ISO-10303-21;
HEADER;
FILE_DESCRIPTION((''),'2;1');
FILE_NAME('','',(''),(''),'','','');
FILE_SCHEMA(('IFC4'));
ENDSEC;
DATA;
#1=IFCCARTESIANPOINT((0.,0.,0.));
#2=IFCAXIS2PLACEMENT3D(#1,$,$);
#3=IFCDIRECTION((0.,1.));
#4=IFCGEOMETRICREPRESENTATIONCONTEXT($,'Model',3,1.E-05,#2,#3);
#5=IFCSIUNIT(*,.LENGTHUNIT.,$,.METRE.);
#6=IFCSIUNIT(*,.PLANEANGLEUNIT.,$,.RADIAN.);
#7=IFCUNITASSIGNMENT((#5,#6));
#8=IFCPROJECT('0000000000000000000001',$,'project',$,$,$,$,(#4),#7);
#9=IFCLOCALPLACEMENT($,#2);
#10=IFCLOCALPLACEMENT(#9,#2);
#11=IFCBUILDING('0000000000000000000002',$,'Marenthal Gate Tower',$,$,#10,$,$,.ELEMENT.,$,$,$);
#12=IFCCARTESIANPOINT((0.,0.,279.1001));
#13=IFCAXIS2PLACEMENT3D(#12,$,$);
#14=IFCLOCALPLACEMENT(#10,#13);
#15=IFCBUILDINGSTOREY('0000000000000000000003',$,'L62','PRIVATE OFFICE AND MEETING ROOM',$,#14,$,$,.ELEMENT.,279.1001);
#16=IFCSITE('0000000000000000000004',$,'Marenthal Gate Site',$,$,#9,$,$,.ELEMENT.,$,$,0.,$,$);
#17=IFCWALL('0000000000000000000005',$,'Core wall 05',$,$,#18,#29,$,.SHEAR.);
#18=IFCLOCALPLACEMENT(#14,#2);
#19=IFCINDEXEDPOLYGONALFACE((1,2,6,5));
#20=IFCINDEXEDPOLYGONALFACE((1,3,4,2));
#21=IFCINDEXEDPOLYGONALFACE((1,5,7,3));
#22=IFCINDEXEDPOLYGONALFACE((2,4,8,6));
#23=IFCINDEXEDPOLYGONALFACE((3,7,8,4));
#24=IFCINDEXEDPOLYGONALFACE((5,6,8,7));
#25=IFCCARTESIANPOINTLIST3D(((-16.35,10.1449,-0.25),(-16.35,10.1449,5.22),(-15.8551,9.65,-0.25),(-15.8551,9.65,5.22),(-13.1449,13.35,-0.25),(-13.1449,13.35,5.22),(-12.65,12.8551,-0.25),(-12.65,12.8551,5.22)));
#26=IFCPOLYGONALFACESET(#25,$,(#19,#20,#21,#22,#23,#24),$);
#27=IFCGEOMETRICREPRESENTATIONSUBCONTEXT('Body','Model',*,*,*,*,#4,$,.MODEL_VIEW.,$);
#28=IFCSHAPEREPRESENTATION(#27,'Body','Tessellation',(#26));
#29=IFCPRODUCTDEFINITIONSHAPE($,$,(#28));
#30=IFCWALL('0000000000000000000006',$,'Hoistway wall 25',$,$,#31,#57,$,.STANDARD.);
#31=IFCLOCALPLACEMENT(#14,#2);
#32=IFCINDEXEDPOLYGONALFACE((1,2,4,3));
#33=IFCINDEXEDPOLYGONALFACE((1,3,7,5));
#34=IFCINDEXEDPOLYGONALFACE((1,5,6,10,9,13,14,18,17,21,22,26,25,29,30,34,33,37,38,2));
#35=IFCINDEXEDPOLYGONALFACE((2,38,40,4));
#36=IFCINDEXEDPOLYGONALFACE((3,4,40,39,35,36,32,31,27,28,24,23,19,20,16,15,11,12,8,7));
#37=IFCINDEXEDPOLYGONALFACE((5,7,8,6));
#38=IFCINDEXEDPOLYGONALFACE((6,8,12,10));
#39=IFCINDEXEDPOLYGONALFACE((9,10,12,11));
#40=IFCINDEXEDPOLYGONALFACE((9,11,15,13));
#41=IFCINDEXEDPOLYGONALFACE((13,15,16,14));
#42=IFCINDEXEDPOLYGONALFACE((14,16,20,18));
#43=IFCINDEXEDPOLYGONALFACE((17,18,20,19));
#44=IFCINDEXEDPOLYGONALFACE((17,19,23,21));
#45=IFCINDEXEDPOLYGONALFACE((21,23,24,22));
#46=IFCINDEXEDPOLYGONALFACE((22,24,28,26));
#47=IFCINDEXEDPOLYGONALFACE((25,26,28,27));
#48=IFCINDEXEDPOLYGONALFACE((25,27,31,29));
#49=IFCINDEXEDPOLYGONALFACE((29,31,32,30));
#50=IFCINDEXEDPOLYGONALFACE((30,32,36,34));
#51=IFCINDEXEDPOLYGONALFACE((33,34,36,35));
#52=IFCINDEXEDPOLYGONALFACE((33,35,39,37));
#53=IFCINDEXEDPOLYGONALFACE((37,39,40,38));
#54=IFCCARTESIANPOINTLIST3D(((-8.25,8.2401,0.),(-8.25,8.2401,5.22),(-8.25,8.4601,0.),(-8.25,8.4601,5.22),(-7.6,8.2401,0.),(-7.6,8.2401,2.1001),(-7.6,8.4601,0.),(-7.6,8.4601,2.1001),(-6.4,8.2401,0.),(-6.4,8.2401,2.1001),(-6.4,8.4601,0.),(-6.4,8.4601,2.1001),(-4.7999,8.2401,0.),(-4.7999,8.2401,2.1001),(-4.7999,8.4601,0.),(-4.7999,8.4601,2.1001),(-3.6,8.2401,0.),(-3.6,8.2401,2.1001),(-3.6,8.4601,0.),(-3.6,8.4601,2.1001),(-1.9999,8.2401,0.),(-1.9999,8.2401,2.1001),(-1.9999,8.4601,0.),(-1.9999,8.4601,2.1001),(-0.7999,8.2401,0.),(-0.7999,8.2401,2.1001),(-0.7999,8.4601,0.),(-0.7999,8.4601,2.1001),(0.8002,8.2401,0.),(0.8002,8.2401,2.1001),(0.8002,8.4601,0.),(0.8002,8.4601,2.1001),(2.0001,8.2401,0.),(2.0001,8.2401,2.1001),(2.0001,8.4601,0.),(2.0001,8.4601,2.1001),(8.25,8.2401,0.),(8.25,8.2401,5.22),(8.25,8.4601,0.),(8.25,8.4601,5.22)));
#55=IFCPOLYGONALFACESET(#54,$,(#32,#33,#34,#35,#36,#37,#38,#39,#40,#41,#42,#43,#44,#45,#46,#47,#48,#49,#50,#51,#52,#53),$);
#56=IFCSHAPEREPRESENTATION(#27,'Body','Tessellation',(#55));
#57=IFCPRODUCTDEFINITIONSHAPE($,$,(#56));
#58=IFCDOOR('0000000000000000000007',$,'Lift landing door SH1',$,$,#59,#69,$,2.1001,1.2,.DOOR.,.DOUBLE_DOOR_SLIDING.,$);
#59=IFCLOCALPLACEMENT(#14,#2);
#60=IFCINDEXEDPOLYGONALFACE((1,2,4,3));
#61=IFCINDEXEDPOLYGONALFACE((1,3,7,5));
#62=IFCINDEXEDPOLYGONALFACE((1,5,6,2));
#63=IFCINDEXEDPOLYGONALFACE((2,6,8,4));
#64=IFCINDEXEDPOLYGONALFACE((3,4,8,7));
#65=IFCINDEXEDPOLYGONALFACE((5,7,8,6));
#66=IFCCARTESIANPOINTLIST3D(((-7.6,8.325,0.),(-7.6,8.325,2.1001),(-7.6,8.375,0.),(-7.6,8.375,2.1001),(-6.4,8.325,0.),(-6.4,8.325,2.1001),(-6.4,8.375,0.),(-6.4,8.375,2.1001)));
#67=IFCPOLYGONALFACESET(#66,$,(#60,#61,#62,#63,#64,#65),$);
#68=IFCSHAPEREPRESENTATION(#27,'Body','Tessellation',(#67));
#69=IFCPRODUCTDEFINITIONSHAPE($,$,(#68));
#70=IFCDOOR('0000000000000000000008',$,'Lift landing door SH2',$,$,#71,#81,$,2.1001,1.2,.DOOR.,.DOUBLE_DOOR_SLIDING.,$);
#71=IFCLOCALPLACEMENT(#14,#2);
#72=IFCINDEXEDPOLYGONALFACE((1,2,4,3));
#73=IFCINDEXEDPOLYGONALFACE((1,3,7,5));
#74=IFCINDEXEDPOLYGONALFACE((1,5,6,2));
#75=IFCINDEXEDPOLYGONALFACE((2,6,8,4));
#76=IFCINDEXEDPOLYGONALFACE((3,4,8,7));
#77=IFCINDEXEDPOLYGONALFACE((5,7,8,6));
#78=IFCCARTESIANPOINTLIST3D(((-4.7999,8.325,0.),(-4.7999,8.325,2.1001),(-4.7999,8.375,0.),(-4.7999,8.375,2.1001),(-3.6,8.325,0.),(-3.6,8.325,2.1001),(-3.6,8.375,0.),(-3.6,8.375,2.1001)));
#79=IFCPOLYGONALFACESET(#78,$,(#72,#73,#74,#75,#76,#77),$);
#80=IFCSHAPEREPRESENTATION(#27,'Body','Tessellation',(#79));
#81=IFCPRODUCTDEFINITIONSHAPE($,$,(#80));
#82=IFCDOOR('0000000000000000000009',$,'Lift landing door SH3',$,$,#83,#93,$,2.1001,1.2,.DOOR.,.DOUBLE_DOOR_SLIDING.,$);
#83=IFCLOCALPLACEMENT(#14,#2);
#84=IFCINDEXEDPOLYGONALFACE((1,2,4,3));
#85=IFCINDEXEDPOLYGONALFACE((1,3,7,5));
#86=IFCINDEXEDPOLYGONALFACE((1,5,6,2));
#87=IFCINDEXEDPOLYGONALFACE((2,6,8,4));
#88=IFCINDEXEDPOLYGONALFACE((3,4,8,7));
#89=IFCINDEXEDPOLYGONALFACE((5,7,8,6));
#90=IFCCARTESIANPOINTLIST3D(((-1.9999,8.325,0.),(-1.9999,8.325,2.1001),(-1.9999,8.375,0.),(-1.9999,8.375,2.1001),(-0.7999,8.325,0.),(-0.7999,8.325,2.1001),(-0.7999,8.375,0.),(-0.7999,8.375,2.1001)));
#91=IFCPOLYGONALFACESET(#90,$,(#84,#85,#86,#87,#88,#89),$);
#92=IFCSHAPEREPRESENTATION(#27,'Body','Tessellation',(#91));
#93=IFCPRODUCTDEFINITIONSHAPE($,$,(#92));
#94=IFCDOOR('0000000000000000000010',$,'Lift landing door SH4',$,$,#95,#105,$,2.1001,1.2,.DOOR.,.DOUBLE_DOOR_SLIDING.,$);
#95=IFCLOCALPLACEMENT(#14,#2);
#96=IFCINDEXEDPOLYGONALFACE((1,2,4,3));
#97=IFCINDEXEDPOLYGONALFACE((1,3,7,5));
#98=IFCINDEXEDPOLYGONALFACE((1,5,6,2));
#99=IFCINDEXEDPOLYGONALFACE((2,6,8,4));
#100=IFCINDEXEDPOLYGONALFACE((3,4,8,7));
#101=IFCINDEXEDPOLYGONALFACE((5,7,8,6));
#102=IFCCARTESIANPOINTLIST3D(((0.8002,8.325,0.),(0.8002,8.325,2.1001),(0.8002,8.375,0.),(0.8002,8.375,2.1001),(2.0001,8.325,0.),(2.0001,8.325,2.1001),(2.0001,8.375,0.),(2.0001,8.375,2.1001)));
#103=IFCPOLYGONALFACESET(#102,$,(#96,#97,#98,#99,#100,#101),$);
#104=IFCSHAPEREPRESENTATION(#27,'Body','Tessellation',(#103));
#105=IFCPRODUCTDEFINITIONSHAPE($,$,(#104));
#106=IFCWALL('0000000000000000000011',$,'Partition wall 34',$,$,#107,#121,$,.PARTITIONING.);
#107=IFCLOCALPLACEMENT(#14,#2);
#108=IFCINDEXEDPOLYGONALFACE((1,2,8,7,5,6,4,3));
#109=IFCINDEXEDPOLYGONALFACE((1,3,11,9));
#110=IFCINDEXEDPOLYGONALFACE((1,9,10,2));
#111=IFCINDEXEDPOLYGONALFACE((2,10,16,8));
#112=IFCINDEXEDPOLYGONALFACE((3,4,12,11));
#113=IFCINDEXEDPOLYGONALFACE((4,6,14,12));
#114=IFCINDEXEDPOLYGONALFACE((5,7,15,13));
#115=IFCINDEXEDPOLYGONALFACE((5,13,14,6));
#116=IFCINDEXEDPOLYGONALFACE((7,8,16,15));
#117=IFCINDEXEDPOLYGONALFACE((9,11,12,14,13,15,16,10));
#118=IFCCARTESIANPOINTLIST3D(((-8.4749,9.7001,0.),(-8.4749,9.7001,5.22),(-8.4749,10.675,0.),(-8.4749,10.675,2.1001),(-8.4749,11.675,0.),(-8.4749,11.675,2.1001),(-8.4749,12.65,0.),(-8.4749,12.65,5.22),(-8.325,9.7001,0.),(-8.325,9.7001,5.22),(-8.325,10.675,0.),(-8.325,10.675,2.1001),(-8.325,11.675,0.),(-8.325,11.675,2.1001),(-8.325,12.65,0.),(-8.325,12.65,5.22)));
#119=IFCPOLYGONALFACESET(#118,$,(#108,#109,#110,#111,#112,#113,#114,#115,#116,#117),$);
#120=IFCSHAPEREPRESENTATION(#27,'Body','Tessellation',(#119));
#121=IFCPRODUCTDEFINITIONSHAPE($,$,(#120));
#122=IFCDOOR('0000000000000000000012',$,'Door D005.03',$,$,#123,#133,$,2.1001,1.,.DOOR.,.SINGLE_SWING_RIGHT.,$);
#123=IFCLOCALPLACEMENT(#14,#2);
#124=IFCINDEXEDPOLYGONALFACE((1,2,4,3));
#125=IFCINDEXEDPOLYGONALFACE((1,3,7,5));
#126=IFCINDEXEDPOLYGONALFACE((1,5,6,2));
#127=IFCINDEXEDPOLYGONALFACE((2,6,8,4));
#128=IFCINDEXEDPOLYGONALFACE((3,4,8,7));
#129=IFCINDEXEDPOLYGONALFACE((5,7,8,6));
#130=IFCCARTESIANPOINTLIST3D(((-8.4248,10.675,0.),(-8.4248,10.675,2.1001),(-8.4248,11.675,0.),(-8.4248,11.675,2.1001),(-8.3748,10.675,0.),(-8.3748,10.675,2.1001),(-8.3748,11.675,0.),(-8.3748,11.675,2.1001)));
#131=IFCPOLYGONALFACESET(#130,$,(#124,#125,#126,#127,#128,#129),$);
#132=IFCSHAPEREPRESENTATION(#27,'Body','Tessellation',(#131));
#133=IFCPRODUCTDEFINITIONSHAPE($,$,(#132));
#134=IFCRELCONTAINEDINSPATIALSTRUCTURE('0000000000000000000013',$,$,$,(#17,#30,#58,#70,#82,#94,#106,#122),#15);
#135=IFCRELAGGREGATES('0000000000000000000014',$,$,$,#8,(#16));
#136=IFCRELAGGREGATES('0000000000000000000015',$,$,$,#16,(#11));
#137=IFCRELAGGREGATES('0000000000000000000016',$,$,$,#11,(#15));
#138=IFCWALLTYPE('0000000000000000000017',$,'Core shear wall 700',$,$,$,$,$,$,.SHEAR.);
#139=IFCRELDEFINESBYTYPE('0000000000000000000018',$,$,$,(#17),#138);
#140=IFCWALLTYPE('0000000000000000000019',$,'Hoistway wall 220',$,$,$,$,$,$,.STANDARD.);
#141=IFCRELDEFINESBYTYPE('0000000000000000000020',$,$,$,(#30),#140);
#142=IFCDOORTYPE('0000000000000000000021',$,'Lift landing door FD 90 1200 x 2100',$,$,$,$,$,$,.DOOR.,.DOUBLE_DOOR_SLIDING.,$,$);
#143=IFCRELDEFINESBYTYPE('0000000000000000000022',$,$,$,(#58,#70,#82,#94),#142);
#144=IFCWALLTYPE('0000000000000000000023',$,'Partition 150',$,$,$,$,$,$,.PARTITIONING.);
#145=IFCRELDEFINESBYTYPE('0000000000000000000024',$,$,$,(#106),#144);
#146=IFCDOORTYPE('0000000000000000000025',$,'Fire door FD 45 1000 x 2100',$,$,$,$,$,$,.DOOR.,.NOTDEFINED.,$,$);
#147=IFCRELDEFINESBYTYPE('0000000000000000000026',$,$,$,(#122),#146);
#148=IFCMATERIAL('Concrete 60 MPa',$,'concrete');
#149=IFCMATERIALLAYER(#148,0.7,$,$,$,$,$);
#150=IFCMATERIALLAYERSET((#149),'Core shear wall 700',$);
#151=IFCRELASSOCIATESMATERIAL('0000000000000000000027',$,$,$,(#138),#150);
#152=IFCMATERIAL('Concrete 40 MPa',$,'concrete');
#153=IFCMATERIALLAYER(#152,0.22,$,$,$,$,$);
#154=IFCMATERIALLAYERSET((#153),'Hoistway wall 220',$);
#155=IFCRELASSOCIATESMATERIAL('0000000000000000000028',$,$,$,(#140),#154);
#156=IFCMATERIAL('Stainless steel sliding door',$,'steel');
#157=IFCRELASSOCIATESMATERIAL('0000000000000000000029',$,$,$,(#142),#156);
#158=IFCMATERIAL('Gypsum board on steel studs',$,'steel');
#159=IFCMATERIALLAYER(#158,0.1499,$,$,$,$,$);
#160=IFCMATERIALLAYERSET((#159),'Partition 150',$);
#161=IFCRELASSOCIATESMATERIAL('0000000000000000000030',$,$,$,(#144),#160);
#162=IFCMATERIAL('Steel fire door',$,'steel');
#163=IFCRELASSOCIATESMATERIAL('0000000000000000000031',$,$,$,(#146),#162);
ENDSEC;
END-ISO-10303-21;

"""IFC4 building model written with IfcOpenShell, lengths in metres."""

from ifc_helpers import new_model, si_unit, direction, frame, frame_2d, origin, place, context, subcontext, project, spatial, rectangle, extrude, material, layer, layer_set, type_object, element, fill, save


model = new_model("IFC4")

# Units and contexts
model_context = context("Model", 3, precision=1e-05, world=origin(), true_north=direction((0.0, 1.0)))
body_context = subcontext(model_context, "Body", "Model", "MODEL_VIEW")
ifc_project = project(units=[si_unit("LENGTHUNIT", "METRE"), si_unit("PLANEANGLEUNIT", "RADIAN")], contexts=[model_context])

# Site, building, storey
site_placement = place(None, origin())
site = spatial("IfcSite", under=ifc_project, at=site_placement, Name="Marenthal Gate Site", CompositionType="ELEMENT", RefElevation=0.0)
building_placement = place(site_placement, origin())
building = spatial("IfcBuilding", under=site, at=building_placement, Name="Marenthal Gate Tower", CompositionType="ELEMENT")
storey_placement = place(building_placement, frame((0.0, 0.0, 279.1001)))
storey = spatial("IfcBuildingStorey", under=building, at=storey_placement, Name="L62", Description="PRIVATE OFFICE AND MEETING ROOM", CompositionType="ELEMENT", Elevation=279.1001)

# Wall
ifc_material_1 = material(Name="Concrete 60 MPa", Category="concrete")
ifc_layer_1 = layer(ifc_material_1, 0.7)
ifc_layer_set_1 = layer_set([ifc_layer_1], Name="Core shear wall 700")
wall_type_1 = type_object("IfcWallType", Name="Core shear wall 700", PredefinedType="SHEAR", material=ifc_layer_set_1)
wall_1_placement = place(storey_placement, frame((-12.8975, 13.1025, -0.25), z_axis=(0.0, 0.0, 1.0), x_axis=(-0.707107, -0.707107, 0.0)))
element("IfcWall", 1, at=wall_1_placement, inside=storey, type_object=wall_type_1, Name="Core wall 05", PredefinedType="SHEAR", context=body_context, shape_type="SweptSolid", body=[
    extrude(rectangle(XDim=4.5327, YDim=0.7, at=frame_2d((2.2664, 0.0))), origin(), (0.0, 0.0, 1.0), 5.47),
])

# Wall, openings, doors
ifc_material_2 = material(Name="Concrete 40 MPa", Category="concrete")
ifc_layer_2 = layer(ifc_material_2, 0.22)
ifc_layer_set_2 = layer_set([ifc_layer_2], Name="Hoistway wall 220")
wall_type_2 = type_object("IfcWallType", Name="Hoistway wall 220", PredefinedType="STANDARD", material=ifc_layer_set_2)
wall_2_placement = place(storey_placement, frame((-8.25, 8.3501, 0.0), z_axis=(0.0, 0.0, 1.0), x_axis=(1.0, 0.0, 0.0)))
wall_2 = element("IfcWall", 2, at=wall_2_placement, inside=storey, type_object=wall_type_2, Name="Hoistway wall 25", PredefinedType="STANDARD", context=body_context, shape_type="SweptSolid", body=[
    extrude(rectangle(XDim=16.5, YDim=0.22, at=frame_2d((8.25, 0.0))), origin(), (0.0, 0.0, 1.0), 5.22),
])
opening_1_placement = place(wall_2_placement, frame((0.6499, 0.0, 0.0)))
opening_1 = element("IfcOpeningElement", 3, at=opening_1_placement, cuts=wall_2, PredefinedType="OPENING", context=body_context, shape_type="SweptSolid", body=[
    extrude(rectangle(XDim=1.2, YDim=2.1001, at=frame_2d((0.6001, 1.05))), frame((0.0, 0.1201, 0.0), z_axis=(0.0, -1.0, 0.0), x_axis=(1.0, 0.0, 0.0)), (0.0, 0.0, 1.0), 0.24),
])
opening_2_placement = place(wall_2_placement, frame((3.45, 0.0, 0.0)))
opening_2 = element("IfcOpeningElement", 4, at=opening_2_placement, cuts=wall_2, PredefinedType="OPENING", context=body_context, shape_type="SweptSolid", body=[
    extrude(rectangle(XDim=1.2, YDim=2.1001, at=frame_2d((0.6001, 1.05))), frame((0.0, 0.1201, 0.0), z_axis=(0.0, -1.0, 0.0), x_axis=(1.0, 0.0, 0.0)), (0.0, 0.0, 1.0), 0.24),
])
opening_3_placement = place(wall_2_placement, frame((6.25, 0.0, 0.0)))
opening_3 = element("IfcOpeningElement", 5, at=opening_3_placement, cuts=wall_2, PredefinedType="OPENING", context=body_context, shape_type="SweptSolid", body=[
    extrude(rectangle(XDim=1.2, YDim=2.1001, at=frame_2d((0.6001, 1.05))), frame((0.0, 0.1201, 0.0), z_axis=(0.0, -1.0, 0.0), x_axis=(1.0, 0.0, 0.0)), (0.0, 0.0, 1.0), 0.24),
])
opening_4_placement = place(wall_2_placement, frame((9.05, 0.0, 0.0)))
opening_4 = element("IfcOpeningElement", 6, at=opening_4_placement, cuts=wall_2, PredefinedType="OPENING", context=body_context, shape_type="SweptSolid", body=[
    extrude(rectangle(XDim=1.2, YDim=2.1001, at=frame_2d((0.6001, 1.05))), frame((0.0, 0.1201, 0.0), z_axis=(0.0, -1.0, 0.0), x_axis=(1.0, 0.0, 0.0)), (0.0, 0.0, 1.0), 0.24),
])
ifc_material_3 = material(Name="Stainless steel sliding door", Category="steel")
door_type_1 = type_object("IfcDoorType", Name="Lift landing door FD 90 1200 x 2100", OperationType="DOUBLE_DOOR_SLIDING", PredefinedType="DOOR", material=ifc_material_3)
door_1_placement = place(opening_1_placement, origin())
door_1 = element("IfcDoor", 7, at=door_1_placement, inside=storey, type_object=door_type_1, Name="Lift landing door SH1", OperationType="DOUBLE_DOOR_SLIDING", OverallHeight=2.1001, OverallWidth=1.2, PredefinedType="DOOR", context=body_context, shape_type="SweptSolid", body=[
    extrude(rectangle(XDim=1.2, YDim=2.1001, at=frame_2d((0.6001, 1.05))), frame((0.0, 0.0249, 0.0), z_axis=(0.0, -1.0, 0.0), x_axis=(1.0, 0.0, 0.0)), (0.0, 0.0, 1.0), 0.05),
])
fill(opening_1, door_1)
door_2_placement = place(opening_2_placement, origin())
door_2 = element("IfcDoor", 8, at=door_2_placement, inside=storey, type_object=door_type_1, Name="Lift landing door SH2", OperationType="DOUBLE_DOOR_SLIDING", OverallHeight=2.1001, OverallWidth=1.2, PredefinedType="DOOR", context=body_context, shape_type="SweptSolid", body=[
    extrude(rectangle(XDim=1.2, YDim=2.1001, at=frame_2d((0.6001, 1.05))), frame((0.0, 0.0249, 0.0), z_axis=(0.0, -1.0, 0.0), x_axis=(1.0, 0.0, 0.0)), (0.0, 0.0, 1.0), 0.05),
])
fill(opening_2, door_2)
door_3_placement = place(opening_3_placement, origin())
door_3 = element("IfcDoor", 9, at=door_3_placement, inside=storey, type_object=door_type_1, Name="Lift landing door SH3", OperationType="DOUBLE_DOOR_SLIDING", OverallHeight=2.1001, OverallWidth=1.2, PredefinedType="DOOR", context=body_context, shape_type="SweptSolid", body=[
    extrude(rectangle(XDim=1.2, YDim=2.1001, at=frame_2d((0.6001, 1.05))), frame((0.0, 0.0249, 0.0), z_axis=(0.0, -1.0, 0.0), x_axis=(1.0, 0.0, 0.0)), (0.0, 0.0, 1.0), 0.05),
])
fill(opening_3, door_3)
door_4_placement = place(opening_4_placement, origin())
door_4 = element("IfcDoor", 10, at=door_4_placement, inside=storey, type_object=door_type_1, Name="Lift landing door SH4", OperationType="DOUBLE_DOOR_SLIDING", OverallHeight=2.1001, OverallWidth=1.2, PredefinedType="DOOR", context=body_context, shape_type="SweptSolid", body=[
    extrude(rectangle(XDim=1.2, YDim=2.1001, at=frame_2d((0.6001, 1.05))), frame((0.0, 0.0249, 0.0), z_axis=(0.0, -1.0, 0.0), x_axis=(1.0, 0.0, 0.0)), (0.0, 0.0, 1.0), 0.05),
])
fill(opening_4, door_4)

# Wall, opening, door
ifc_material_4 = material(Name="Gypsum board on steel studs", Category="steel")
ifc_layer_3 = layer(ifc_material_4, 0.1499)
ifc_layer_set_3 = layer_set([ifc_layer_3], Name="Partition 150")
wall_type_3 = type_object("IfcWallType", Name="Partition 150", PredefinedType="PARTITIONING", material=ifc_layer_set_3)
wall_3_placement = place(storey_placement, frame((-8.3999, 9.7, 0.0), z_axis=(0.0, 0.0, 1.0), x_axis=(0.0, 1.0, 0.0)))
wall_3 = element("IfcWall", 11, at=wall_3_placement, inside=storey, type_object=wall_type_3, Name="Partition wall 34", PredefinedType="PARTITIONING", context=body_context, shape_type="SweptSolid", body=[
    extrude(rectangle(XDim=2.95, YDim=0.1499, at=frame_2d((1.4751, 0.0))), origin(), (0.0, 0.0, 1.0), 5.22),
])
opening_5_placement = place(wall_3_placement, frame((0.9751, 0.0, 0.0)))
opening_5 = element("IfcOpeningElement", 12, at=opening_5_placement, cuts=wall_3, PredefinedType="OPENING", context=body_context, shape_type="SweptSolid", body=[
    extrude(rectangle(XDim=1.0, YDim=2.1001, at=frame_2d((0.5, 1.05))), frame((0.0, 0.085, 0.0), z_axis=(0.0, -1.0, 0.0), x_axis=(1.0, 0.0, 0.0)), (0.0, 0.0, 1.0), 0.1699),
])
ifc_material_5 = material(Name="Steel fire door", Category="steel")
door_type_2 = type_object("IfcDoorType", Name="Fire door FD 45 1000 x 2100", OperationType="NOTDEFINED", PredefinedType="DOOR", material=ifc_material_5)
door_5_placement = place(opening_5_placement, origin())
door_5 = element("IfcDoor", 13, at=door_5_placement, inside=storey, type_object=door_type_2, Name="Door D005.03", OperationType="SINGLE_SWING_RIGHT", OverallHeight=2.1001, OverallWidth=1.0, PredefinedType="DOOR", context=body_context, shape_type="SweptSolid", body=[
    extrude(rectangle(XDim=1.0, YDim=2.1001, at=frame_2d((0.5, 1.05))), frame((0.0, 0.0249, 0.0), z_axis=(0.0, -1.0, 0.0), x_axis=(1.0, 0.0, 0.0)), (0.0, 0.0, 1.0), 0.05),
])
fill(opening_5, door_5)

save(model, "model.ifc")
